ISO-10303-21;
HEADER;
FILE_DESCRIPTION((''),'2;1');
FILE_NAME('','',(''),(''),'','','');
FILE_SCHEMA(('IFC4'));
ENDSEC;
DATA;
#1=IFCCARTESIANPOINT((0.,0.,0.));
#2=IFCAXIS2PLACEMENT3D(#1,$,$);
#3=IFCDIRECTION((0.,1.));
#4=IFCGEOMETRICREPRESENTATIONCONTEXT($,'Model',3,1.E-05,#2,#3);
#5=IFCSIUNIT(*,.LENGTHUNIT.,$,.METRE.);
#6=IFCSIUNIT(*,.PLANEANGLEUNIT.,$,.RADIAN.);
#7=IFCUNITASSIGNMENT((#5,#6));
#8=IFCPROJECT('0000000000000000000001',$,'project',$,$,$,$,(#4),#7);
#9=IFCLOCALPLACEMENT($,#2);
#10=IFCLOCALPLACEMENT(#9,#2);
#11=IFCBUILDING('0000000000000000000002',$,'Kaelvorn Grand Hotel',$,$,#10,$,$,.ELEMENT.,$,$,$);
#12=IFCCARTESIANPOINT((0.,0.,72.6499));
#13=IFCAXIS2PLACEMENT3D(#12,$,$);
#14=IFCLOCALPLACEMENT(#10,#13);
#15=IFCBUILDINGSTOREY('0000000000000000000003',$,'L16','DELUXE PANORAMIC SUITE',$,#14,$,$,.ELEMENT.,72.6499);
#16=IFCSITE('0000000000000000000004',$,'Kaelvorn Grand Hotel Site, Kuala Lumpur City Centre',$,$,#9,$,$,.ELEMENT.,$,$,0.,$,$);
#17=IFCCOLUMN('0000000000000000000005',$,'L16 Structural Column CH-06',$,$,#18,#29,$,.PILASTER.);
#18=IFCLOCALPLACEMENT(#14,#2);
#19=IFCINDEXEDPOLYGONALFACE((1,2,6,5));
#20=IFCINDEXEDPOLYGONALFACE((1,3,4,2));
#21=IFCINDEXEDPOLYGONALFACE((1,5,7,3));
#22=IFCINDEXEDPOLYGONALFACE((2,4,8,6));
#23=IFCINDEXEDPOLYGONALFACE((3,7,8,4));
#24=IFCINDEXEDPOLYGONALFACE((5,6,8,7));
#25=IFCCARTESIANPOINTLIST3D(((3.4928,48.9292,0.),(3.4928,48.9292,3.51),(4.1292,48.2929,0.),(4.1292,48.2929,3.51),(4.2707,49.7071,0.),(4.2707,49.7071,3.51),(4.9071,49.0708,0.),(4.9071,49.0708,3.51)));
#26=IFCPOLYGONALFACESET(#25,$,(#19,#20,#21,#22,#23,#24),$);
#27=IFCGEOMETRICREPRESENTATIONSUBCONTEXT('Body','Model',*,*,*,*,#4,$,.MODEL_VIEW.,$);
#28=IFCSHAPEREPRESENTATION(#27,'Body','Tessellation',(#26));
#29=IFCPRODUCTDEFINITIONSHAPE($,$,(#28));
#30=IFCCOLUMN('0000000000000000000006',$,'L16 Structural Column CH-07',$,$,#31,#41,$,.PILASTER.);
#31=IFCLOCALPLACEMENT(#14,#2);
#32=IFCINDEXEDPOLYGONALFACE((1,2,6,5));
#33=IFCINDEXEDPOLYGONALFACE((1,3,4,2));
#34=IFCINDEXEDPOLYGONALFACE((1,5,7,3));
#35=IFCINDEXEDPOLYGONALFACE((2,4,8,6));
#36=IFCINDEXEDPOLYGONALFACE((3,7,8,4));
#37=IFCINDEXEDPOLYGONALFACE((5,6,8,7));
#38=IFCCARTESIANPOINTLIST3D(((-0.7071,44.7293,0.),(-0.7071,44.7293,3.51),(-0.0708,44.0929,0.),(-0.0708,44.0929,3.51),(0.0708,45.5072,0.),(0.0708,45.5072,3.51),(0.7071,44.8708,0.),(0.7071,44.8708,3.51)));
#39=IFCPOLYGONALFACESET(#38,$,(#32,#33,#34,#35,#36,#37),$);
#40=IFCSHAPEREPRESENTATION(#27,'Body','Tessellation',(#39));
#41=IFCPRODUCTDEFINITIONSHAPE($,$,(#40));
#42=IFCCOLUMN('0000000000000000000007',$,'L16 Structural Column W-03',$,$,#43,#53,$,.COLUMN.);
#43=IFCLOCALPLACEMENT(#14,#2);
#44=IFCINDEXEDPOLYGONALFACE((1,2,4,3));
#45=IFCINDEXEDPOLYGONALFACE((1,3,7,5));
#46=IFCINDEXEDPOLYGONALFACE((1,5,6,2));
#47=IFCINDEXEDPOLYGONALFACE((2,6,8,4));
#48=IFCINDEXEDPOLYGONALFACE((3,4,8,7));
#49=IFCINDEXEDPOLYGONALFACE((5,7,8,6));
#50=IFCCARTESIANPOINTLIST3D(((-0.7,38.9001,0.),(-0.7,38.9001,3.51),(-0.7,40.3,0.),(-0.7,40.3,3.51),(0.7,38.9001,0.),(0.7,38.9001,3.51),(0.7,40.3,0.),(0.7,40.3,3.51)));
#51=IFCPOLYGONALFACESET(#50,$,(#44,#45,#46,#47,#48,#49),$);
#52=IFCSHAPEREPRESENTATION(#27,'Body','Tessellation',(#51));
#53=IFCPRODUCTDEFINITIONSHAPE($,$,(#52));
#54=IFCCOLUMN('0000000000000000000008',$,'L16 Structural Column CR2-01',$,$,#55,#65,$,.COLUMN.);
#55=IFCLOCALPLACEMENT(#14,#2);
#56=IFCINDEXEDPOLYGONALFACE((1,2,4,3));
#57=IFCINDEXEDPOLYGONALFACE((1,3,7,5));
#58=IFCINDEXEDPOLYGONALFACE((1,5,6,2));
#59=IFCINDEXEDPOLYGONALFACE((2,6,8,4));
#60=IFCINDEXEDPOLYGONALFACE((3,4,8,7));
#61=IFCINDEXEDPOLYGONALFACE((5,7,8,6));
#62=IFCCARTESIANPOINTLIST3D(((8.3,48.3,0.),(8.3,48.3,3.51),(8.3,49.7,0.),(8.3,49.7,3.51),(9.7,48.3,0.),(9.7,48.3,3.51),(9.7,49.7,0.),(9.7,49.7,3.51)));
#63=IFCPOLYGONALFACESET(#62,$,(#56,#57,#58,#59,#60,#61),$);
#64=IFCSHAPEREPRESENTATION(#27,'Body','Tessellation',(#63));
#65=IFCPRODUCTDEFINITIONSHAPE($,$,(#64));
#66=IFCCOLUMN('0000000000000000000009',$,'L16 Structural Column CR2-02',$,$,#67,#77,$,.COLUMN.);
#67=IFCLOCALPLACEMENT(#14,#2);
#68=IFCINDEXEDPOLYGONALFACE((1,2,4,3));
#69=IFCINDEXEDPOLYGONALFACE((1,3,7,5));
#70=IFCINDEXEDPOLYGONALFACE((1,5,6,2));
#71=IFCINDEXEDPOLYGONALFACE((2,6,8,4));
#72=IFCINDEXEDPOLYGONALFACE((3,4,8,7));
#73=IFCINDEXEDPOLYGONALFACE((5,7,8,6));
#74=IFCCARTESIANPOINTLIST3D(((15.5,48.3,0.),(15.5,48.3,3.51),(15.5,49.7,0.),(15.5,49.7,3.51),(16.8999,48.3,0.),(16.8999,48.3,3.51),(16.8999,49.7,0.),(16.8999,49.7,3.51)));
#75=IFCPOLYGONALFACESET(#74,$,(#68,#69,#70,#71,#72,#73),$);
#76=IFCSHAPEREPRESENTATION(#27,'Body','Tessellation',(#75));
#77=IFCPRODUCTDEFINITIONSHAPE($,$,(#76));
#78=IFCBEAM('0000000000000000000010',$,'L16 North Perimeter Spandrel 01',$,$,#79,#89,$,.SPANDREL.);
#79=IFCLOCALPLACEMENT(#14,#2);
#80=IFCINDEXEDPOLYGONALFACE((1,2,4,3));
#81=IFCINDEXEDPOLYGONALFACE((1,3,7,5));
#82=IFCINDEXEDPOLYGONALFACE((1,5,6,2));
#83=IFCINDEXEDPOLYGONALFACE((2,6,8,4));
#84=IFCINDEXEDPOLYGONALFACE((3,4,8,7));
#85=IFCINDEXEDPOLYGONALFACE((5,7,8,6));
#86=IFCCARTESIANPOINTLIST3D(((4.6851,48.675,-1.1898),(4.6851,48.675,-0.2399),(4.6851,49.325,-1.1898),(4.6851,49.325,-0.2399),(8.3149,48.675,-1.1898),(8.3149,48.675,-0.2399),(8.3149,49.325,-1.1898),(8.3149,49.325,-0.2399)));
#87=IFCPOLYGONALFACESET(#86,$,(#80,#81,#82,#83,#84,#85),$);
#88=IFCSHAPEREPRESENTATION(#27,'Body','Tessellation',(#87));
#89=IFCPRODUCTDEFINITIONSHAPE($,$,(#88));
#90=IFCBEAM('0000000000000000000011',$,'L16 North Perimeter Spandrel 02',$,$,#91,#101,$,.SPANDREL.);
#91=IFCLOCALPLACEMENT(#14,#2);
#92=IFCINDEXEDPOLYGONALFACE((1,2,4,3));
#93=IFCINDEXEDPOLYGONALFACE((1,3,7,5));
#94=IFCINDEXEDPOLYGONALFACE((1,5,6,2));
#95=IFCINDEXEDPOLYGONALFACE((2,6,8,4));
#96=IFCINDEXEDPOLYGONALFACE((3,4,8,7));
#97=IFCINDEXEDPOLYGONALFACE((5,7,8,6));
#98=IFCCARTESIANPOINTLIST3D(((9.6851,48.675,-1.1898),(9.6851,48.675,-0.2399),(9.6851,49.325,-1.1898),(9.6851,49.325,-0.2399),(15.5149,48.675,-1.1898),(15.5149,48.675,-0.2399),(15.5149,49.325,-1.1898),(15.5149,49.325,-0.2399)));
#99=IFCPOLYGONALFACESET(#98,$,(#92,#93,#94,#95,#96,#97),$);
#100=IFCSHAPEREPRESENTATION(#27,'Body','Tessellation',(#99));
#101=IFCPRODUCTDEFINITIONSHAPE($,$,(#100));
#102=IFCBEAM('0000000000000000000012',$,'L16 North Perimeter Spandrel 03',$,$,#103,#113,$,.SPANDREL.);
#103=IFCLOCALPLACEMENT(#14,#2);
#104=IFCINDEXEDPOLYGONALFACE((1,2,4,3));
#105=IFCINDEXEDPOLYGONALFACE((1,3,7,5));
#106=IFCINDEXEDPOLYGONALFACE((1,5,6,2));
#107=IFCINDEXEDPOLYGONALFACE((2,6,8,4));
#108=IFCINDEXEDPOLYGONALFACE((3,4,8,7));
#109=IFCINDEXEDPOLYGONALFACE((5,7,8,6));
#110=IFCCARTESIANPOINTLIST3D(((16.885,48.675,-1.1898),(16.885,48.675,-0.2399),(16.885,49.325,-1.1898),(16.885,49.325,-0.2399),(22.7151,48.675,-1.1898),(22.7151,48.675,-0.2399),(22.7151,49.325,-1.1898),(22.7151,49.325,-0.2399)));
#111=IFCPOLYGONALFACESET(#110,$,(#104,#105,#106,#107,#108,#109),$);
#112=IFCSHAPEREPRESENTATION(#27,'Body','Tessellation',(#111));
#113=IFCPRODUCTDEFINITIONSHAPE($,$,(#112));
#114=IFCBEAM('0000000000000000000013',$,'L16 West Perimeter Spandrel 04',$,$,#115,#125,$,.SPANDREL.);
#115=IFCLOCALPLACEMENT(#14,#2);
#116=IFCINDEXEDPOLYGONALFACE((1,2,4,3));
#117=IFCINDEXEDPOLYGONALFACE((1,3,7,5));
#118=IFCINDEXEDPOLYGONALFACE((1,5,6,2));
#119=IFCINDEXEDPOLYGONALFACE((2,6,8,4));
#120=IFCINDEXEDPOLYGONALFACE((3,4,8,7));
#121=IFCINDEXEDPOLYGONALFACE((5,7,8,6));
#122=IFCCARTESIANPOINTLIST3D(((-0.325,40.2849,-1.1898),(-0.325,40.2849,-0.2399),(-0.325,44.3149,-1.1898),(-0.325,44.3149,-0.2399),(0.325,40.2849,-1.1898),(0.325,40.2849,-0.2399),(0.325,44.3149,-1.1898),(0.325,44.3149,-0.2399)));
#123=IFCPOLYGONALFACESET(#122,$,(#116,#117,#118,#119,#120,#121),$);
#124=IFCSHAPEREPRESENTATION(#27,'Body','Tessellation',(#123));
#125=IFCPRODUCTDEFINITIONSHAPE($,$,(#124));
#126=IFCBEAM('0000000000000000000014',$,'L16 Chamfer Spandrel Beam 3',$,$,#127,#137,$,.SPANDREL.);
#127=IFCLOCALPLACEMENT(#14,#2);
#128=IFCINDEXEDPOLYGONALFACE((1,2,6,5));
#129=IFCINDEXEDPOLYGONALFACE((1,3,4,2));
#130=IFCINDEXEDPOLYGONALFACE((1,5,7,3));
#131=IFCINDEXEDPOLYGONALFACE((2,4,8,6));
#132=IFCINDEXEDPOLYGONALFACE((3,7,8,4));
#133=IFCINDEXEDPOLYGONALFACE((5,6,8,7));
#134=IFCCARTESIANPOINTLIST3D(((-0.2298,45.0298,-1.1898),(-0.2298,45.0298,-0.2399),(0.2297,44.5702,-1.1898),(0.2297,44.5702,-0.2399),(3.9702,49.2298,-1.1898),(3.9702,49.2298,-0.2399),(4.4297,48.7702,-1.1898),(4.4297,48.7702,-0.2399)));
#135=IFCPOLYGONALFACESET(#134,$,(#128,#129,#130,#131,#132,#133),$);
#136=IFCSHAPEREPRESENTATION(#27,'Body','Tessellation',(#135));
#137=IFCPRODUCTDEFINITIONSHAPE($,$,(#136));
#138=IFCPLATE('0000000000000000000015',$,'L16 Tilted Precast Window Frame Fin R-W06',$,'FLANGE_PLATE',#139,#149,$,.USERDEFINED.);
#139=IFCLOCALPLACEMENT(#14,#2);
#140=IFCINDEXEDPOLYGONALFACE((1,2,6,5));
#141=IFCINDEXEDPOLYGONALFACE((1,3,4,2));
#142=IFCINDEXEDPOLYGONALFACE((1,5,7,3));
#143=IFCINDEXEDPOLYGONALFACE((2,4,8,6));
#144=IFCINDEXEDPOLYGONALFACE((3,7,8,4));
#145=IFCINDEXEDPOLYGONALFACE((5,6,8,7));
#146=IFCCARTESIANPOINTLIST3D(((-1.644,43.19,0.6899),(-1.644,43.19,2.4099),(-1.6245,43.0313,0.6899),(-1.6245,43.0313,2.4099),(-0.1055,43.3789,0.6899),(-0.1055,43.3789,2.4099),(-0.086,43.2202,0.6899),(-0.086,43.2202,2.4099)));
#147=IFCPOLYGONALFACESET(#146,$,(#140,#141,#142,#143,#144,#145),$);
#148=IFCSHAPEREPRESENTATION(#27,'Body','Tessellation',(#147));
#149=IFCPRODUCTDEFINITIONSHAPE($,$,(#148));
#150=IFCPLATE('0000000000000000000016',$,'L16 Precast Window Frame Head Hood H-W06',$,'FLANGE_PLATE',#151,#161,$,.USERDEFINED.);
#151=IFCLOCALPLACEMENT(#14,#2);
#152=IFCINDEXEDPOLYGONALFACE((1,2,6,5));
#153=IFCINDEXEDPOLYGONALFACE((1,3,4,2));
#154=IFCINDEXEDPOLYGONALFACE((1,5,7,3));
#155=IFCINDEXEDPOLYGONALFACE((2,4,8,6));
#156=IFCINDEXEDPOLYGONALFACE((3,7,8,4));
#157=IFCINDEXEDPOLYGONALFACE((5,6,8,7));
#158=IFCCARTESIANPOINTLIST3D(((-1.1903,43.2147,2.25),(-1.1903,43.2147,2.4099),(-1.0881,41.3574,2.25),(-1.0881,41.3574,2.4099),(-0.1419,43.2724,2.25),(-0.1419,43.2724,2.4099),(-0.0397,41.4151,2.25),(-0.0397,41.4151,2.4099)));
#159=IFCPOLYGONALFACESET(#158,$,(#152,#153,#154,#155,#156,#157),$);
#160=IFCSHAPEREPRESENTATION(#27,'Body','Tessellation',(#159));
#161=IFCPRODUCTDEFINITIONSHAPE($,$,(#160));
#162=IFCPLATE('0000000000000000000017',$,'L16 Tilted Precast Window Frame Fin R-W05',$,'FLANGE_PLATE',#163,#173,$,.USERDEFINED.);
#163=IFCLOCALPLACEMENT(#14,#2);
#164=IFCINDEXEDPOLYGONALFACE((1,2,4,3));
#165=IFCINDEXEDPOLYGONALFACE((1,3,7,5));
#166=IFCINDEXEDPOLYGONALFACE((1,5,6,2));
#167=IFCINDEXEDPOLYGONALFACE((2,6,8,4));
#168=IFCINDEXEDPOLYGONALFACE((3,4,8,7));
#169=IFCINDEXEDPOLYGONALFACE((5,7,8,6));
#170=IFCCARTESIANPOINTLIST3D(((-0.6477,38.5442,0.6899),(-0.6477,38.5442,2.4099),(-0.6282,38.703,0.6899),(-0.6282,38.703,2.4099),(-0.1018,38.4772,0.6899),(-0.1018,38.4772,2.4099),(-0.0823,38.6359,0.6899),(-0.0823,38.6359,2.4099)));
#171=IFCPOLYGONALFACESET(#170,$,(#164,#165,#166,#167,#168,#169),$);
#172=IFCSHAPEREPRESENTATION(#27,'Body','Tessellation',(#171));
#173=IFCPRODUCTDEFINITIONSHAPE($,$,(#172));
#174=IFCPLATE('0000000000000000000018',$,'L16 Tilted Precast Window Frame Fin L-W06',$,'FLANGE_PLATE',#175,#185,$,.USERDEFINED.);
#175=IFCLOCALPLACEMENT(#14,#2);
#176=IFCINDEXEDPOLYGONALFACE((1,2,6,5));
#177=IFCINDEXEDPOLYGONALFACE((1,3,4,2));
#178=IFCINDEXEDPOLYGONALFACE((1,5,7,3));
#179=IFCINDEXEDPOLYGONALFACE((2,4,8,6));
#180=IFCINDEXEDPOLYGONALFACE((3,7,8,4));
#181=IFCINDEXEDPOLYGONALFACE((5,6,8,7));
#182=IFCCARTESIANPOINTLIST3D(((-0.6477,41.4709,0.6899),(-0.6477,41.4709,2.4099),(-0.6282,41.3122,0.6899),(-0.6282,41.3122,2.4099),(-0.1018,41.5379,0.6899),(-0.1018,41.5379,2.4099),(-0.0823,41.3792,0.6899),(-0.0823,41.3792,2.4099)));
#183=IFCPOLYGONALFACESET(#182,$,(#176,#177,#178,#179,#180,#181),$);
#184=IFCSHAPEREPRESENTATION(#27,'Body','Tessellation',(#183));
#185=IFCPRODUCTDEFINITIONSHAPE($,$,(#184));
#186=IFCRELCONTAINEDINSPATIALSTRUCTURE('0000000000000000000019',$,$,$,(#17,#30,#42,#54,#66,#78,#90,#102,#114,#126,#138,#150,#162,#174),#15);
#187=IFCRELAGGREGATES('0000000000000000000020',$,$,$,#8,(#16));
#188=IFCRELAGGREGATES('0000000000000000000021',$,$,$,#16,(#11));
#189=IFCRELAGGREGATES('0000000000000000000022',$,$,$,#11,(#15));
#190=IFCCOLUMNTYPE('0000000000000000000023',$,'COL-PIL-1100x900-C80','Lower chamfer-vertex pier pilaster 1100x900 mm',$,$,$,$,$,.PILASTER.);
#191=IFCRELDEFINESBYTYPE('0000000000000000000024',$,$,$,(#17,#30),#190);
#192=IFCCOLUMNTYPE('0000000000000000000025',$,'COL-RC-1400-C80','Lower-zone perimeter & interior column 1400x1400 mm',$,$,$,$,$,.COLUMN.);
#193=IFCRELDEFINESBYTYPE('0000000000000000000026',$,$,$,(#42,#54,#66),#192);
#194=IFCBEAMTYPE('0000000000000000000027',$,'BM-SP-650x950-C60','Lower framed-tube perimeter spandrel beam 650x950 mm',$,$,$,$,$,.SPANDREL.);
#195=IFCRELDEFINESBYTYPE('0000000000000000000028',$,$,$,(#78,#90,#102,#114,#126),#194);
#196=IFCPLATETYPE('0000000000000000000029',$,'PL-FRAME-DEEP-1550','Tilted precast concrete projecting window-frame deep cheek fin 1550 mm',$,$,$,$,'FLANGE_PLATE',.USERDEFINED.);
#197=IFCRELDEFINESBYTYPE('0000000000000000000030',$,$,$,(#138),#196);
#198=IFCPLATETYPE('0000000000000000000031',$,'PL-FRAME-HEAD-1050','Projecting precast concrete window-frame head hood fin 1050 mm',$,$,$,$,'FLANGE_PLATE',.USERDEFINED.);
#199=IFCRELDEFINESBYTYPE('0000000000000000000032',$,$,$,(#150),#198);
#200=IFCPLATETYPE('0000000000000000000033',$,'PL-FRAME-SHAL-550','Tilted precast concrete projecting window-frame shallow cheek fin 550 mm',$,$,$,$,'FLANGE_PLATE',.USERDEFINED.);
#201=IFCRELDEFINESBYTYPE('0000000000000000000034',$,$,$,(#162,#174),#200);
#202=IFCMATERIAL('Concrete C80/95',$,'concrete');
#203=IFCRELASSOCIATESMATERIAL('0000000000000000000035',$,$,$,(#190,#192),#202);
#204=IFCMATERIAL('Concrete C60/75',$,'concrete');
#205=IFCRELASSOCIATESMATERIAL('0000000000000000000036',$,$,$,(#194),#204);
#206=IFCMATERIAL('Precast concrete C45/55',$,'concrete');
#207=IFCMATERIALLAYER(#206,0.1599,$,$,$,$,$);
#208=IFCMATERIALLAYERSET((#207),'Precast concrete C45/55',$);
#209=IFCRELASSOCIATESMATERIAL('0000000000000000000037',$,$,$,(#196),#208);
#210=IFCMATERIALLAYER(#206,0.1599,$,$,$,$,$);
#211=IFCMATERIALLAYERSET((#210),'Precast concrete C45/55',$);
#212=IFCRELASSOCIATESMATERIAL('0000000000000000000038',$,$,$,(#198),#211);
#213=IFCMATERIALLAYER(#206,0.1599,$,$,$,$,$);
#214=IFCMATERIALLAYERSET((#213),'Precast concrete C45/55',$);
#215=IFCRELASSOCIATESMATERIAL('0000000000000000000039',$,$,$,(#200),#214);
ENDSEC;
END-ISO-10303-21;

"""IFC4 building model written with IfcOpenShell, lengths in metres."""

from ifc_helpers import new_model, si_unit, direction, frame, origin, origin_2d, place, context, subcontext, project, spatial, rectangle, extrude, material, layer, layer_set, material_profile, profile_set, type_object, element, save


model = new_model("IFC4")

# Units and contexts
model_context = context("Model", 3, precision=1e-05, world=origin(), true_north=direction((0.0, 1.0)))
body_context = subcontext(model_context, "Body", "Model", "MODEL_VIEW")
ifc_project = project(units=[si_unit("LENGTHUNIT", "METRE"), si_unit("PLANEANGLEUNIT", "RADIAN")], contexts=[model_context])

# Site, building, storey
site_placement = place(None, origin())
site = spatial("IfcSite", under=ifc_project, at=site_placement, Name="Kaelvorn Grand Hotel Site, Kuala Lumpur City Centre", CompositionType="ELEMENT", RefElevation=0.0)
building_placement = place(site_placement, origin())
building = spatial("IfcBuilding", under=site, at=building_placement, Name="Kaelvorn Grand Hotel", CompositionType="ELEMENT")
storey_placement = place(building_placement, frame((0.0, 0.0, 72.6499)))
storey = spatial("IfcBuildingStorey", under=building, at=storey_placement, Name="L16", Description="DELUXE PANORAMIC SUITE", CompositionType="ELEMENT", Elevation=72.6499)

# Columns
ifc_material_1 = material(Name="Concrete C80/95", Category="concrete")
ifc_material_profile_1 = material_profile(ifc_material_1, rectangle(XDim=1.1001, YDim=0.8999, at=origin_2d()), Name="RC PILASTER 1100x900")
ifc_profile_set_1 = profile_set([ifc_material_profile_1], Name="Concrete C80/95")
column_type_1 = type_object("IfcColumnType", Name="COL-PIL-1100x900-C80", Description="Lower chamfer-vertex pier pilaster 1100x900 mm", PredefinedType="PILASTER", material=ifc_profile_set_1)
for number, where, z_axis, x_axis, name in (
    (1, (4.2, 49.0, 0.0), (0.0, 0.0, 1.0), (0.707107, 0.707107, 0.0), "L16 Structural Column CH-06"),
    (2, (0.0, 44.8, 0.0), (0.0, 0.0, 1.0), (0.707107, 0.707107, 0.0), "L16 Structural Column CH-07"),
):
    element("IfcColumn", number, at=place(storey_placement, frame(where, z_axis=z_axis, x_axis=x_axis)), inside=storey, type_object=column_type_1, Name=name, PredefinedType="PILASTER", context=body_context, shape_type="SweptSolid", body=[
        extrude(rectangle(XDim=1.1001, YDim=0.8999, at=origin_2d()), origin(), (0.0, 0.0, 1.0), 3.51),
    ])
ifc_material_profile_2 = material_profile(ifc_material_1, rectangle(XDim=1.3999, YDim=1.3999, at=origin_2d()), Name="RC COL 1400x1400")
ifc_profile_set_2 = profile_set([ifc_material_profile_2], Name="Concrete C80/95")
column_type_2 = type_object("IfcColumnType", Name="COL-RC-1400-C80", Description="Lower-zone perimeter & interior column 1400x1400 mm", PredefinedType="COLUMN", material=ifc_profile_set_2)
for number, where, z_axis, x_axis, name in (
    (3, (0.0, 39.6001, 0.0), (0.0, 0.0, 1.0), (1.0, 0.0, 0.0), "L16 Structural Column W-03"),
    (4, (9.0, 49.0, 0.0), (0.0, 0.0, 1.0), (1.0, 0.0, 0.0), "L16 Structural Column CR2-01"),
    (5, (16.2, 49.0, 0.0), (0.0, 0.0, 1.0), (1.0, 0.0, 0.0), "L16 Structural Column CR2-02"),
):
    element("IfcColumn", number, at=place(storey_placement, frame(where, z_axis=z_axis, x_axis=x_axis)), inside=storey, type_object=column_type_2, Name=name, PredefinedType="COLUMN", context=body_context, shape_type="SweptSolid", body=[
        extrude(rectangle(XDim=1.3999, YDim=1.3999, at=origin_2d()), origin(), (0.0, 0.0, 1.0), 3.51),
    ])

# Beams
ifc_material_2 = material(Name="Concrete C60/75", Category="concrete")
ifc_material_profile_3 = material_profile(ifc_material_2, rectangle(XDim=0.6499, YDim=0.95, at=origin_2d()), Name="RC SPANDREL 650x950")
ifc_profile_set_3 = profile_set([ifc_material_profile_3], Name="Concrete C60/75")
beam_type = type_object("IfcBeamType", Name="BM-SP-650x950-C60", Description="Lower framed-tube perimeter spandrel beam 650x950 mm", PredefinedType="SPANDREL", material=ifc_profile_set_3)
beam_1_placement = place(storey_placement, frame((4.6851, 49.0, -0.7148), z_axis=(1.0, 0.0, 0.0), x_axis=(0.0, 1.0, 0.0)))
element("IfcBeam", 6, at=beam_1_placement, inside=storey, type_object=beam_type, Name="L16 North Perimeter Spandrel 01", PredefinedType="SPANDREL", context=body_context, shape_type="SweptSolid", body=[
    extrude(rectangle(XDim=0.6499, YDim=0.95, at=origin_2d()), origin(), (0.0, 0.0, 1.0), 3.6299),
])
beam_2_placement = place(storey_placement, frame((9.6851, 49.0, -0.7148), z_axis=(1.0, 0.0, 0.0), x_axis=(0.0, 1.0, 0.0)))
element("IfcBeam", 7, at=beam_2_placement, inside=storey, type_object=beam_type, Name="L16 North Perimeter Spandrel 02", PredefinedType="SPANDREL", context=body_context, shape_type="SweptSolid", body=[
    extrude(rectangle(XDim=0.6499, YDim=0.95, at=origin_2d()), origin(), (0.0, 0.0, 1.0), 5.8298),
])
beam_3_placement = place(storey_placement, frame((16.885, 49.0, -0.7148), z_axis=(1.0, 0.0, 0.0), x_axis=(0.0, 1.0, 0.0)))
element("IfcBeam", 8, at=beam_3_placement, inside=storey, type_object=beam_type, Name="L16 North Perimeter Spandrel 03", PredefinedType="SPANDREL", context=body_context, shape_type="SweptSolid", body=[
    extrude(rectangle(XDim=0.6499, YDim=0.95, at=origin_2d()), origin(), (0.0, 0.0, 1.0), 5.8301),
])
beam_4_placement = place(storey_placement, frame((0.0, 40.2849, -0.7148), z_axis=(0.0, 1.0, 0.0), x_axis=(-1.0, 0.0, 0.0)))
element("IfcBeam", 9, at=beam_4_placement, inside=storey, type_object=beam_type, Name="L16 West Perimeter Spandrel 04", PredefinedType="SPANDREL", context=body_context, shape_type="SweptSolid", body=[
    extrude(rectangle(XDim=0.6499, YDim=0.95, at=origin_2d()), origin(), (0.0, 0.0, 1.0), 4.03),
])
beam_5_placement = place(storey_placement, frame((4.2, 49.0, -0.7148), z_axis=(-0.707107, -0.707107, 0.0), x_axis=(0.707107, -0.707107, 0.0)))
element("IfcBeam", 10, at=beam_5_placement, inside=storey, type_object=beam_type, Name="L16 Chamfer Spandrel Beam 3", PredefinedType="SPANDREL", context=body_context, shape_type="SweptSolid", body=[
    extrude(rectangle(XDim=0.6499, YDim=0.95, at=origin_2d()), origin(), (0.0, 0.0, 1.0), 5.9397),
])

# Plates
ifc_material_3 = material(Name="Precast concrete C45/55", Category="concrete")
ifc_layer_1 = layer(ifc_material_3, 0.1599)
ifc_layer_set_1 = layer_set([ifc_layer_1], Name="Precast concrete C45/55")
plate_type_1 = type_object("IfcPlateType", Name="PL-FRAME-DEEP-1550", Description="Tilted precast concrete projecting window-frame deep cheek fin 1550 mm", ElementType="FLANGE_PLATE", PredefinedType="USERDEFINED", material=ifc_layer_set_1)
plate_1_placement = place(storey_placement, frame((-0.865, 43.2051, 0.6899), z_axis=(0.0, 0.0, 1.0), x_axis=(-0.121869, 0.992546, 0.0)))
element("IfcPlate", 11, at=plate_1_placement, inside=storey, type_object=plate_type_1, Name="L16 Tilted Precast Window Frame Fin R-W06", ObjectType="FLANGE_PLATE", PredefinedType="USERDEFINED", context=body_context, shape_type="SweptSolid", body=[
    extrude(rectangle(XDim=0.1599, YDim=1.55, at=origin_2d()), origin(), (0.0, 0.0, 1.0), 1.72),
])
ifc_layer_2 = layer(ifc_material_3, 0.1599)
ifc_layer_set_2 = layer_set([ifc_layer_2], Name="Precast concrete C45/55")
plate_type_2 = type_object("IfcPlateType", Name="PL-FRAME-HEAD-1050", Description="Projecting precast concrete window-frame head hood fin 1050 mm", ElementType="FLANGE_PLATE", PredefinedType="USERDEFINED", material=ifc_layer_set_2)
plate_2_placement = place(storey_placement, frame((-0.615, 42.3149, 2.25), z_axis=(0.0, 0.0, 1.0), x_axis=(-0.05495, 0.998489, 0.0)))
element("IfcPlate", 12, at=plate_2_placement, inside=storey, type_object=plate_type_2, Name="L16 Precast Window Frame Head Hood H-W06", ObjectType="FLANGE_PLATE", PredefinedType="USERDEFINED", context=body_context, shape_type="SweptSolid", body=[
    extrude(rectangle(XDim=1.8601, YDim=1.05, at=origin_2d()), origin(), (0.0, 0.0, 1.0), 0.1599),
])
ifc_layer_3 = layer(ifc_material_3, 0.1599)
ifc_layer_set_3 = layer_set([ifc_layer_3], Name="Precast concrete C45/55")
plate_type_3 = type_object("IfcPlateType", Name="PL-FRAME-SHAL-550", Description="Tilted precast concrete projecting window-frame shallow cheek fin 550 mm", ElementType="FLANGE_PLATE", PredefinedType="USERDEFINED", material=ifc_layer_set_3)
for number, where, z_axis, x_axis, name in (
    (13, (-0.365, 38.5901, 0.6899), (0.0, 0.0, 1.0), (0.121869, 0.992546, 0.0), "L16 Tilted Precast Window Frame Fin R-W05"),
    (14, (-0.365, 41.425, 0.6899), (0.0, 0.0, 1.0), (-0.121869, 0.992546, 0.0), "L16 Tilted Precast Window Frame Fin L-W06"),
):
    element("IfcPlate", number, at=place(storey_placement, frame(where, z_axis=z_axis, x_axis=x_axis)), inside=storey, type_object=plate_type_3, Name=name, ObjectType="FLANGE_PLATE", PredefinedType="USERDEFINED", context=body_context, shape_type="SweptSolid", body=[
        extrude(rectangle(XDim=0.1599, YDim=0.55, at=origin_2d()), origin(), (0.0, 0.0, 1.0), 1.72),
    ])

save(model, "model.ifc")
